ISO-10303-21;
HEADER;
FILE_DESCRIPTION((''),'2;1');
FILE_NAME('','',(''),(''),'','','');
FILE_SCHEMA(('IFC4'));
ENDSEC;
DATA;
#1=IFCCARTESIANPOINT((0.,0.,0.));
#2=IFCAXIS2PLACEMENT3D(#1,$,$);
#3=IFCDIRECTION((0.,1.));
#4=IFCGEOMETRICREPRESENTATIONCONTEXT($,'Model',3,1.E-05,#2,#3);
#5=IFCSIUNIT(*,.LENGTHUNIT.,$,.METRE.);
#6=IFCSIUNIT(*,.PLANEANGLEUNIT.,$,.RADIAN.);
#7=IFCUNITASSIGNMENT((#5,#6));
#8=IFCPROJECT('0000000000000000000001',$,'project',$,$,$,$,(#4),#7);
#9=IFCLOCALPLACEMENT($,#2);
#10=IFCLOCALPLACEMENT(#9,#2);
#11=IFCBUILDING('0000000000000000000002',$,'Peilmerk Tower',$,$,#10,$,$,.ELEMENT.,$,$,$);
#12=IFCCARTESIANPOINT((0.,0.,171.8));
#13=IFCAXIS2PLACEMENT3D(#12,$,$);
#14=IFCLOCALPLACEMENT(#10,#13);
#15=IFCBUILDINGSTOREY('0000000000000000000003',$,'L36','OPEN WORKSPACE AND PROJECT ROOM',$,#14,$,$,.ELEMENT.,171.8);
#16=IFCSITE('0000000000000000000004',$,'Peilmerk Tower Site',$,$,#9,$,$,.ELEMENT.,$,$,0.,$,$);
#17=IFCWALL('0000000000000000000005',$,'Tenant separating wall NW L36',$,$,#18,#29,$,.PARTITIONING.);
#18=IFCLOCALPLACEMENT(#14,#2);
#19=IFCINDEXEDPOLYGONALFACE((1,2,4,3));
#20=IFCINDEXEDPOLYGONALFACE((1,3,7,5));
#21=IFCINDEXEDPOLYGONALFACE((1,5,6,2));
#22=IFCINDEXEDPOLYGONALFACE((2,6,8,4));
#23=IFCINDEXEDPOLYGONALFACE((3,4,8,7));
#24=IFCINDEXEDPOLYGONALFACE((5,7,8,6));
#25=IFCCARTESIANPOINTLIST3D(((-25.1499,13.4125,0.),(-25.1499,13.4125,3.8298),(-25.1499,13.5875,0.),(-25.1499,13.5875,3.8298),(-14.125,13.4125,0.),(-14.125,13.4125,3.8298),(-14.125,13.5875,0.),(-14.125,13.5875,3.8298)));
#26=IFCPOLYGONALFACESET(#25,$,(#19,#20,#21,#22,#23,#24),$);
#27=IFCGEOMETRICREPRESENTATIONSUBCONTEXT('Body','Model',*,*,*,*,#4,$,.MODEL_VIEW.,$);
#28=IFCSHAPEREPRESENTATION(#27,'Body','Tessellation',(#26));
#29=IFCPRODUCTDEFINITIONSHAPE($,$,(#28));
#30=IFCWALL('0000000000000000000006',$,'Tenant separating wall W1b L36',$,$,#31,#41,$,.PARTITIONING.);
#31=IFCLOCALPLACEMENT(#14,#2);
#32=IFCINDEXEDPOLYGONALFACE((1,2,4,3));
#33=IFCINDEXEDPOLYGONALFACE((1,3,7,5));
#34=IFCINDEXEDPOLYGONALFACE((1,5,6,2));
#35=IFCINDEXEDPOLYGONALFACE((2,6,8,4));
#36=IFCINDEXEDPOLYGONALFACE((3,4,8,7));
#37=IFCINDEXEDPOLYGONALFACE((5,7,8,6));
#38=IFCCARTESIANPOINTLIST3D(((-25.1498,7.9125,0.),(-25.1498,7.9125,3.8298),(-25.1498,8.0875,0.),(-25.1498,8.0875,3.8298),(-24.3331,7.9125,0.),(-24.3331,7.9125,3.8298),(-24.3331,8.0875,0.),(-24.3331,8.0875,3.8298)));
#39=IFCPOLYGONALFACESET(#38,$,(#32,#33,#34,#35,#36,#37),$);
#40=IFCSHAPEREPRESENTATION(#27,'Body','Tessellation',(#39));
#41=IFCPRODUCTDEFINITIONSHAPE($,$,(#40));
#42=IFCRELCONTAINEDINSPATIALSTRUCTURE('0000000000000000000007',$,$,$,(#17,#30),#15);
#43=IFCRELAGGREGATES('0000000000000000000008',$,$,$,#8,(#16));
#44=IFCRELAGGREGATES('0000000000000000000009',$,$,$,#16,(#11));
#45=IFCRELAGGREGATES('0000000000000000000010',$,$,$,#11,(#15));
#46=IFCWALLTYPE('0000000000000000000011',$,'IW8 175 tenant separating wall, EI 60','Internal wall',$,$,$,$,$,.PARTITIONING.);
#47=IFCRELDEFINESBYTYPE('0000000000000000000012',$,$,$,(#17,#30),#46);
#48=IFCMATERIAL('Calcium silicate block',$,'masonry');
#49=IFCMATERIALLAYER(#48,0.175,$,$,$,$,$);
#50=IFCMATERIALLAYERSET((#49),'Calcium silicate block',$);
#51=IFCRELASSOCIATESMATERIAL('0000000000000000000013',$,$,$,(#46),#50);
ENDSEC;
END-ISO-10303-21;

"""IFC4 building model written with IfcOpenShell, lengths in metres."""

from ifc_helpers import new_model, si_unit, direction, frame, frame_2d, origin, place, context, subcontext, project, spatial, rectangle, extrude, material, layer, layer_set, type_object, element, save


model = new_model("IFC4")

# Units and contexts
model_context = context("Model", 3, precision=1e-05, world=origin(), true_north=direction((0.0, 1.0)))
body_context = subcontext(model_context, "Body", "Model", "MODEL_VIEW")
ifc_project = project(units=[si_unit("LENGTHUNIT", "METRE"), si_unit("PLANEANGLEUNIT", "RADIAN")], contexts=[model_context])

# Site, building, storey
site_placement = place(None, origin())
site = spatial("IfcSite", under=ifc_project, at=site_placement, Name="Peilmerk Tower Site", CompositionType="ELEMENT", RefElevation=0.0)
building_placement = place(site_placement, origin())
building = spatial("IfcBuilding", under=site, at=building_placement, Name="Peilmerk Tower", CompositionType="ELEMENT")
storey_placement = place(building_placement, frame((0.0, 0.0, 171.8)))
storey = spatial("IfcBuildingStorey", under=building, at=storey_placement, Name="L36", Description="OPEN WORKSPACE AND PROJECT ROOM", CompositionType="ELEMENT", Elevation=171.8)

# Walls
ifc_material_1 = material(Name="Calcium silicate block", Category="masonry")
ifc_layer_1 = layer(ifc_material_1, 0.175)
ifc_layer_set_1 = layer_set([ifc_layer_1], Name="Calcium silicate block")
wall_type_1 = type_object("IfcWallType", Name="IW8 175 tenant separating wall, EI 60", Description="Internal wall", PredefinedType="PARTITIONING", material=ifc_layer_set_1)
wall_1_placement = place(storey_placement, frame((-25.1499, 13.5, 0.0), z_axis=(0.0, 0.0, 1.0), x_axis=(1.0, 0.0, 0.0)))
element("IfcWall", 1, at=wall_1_placement, inside=storey, type_object=wall_type_1, Name="Tenant separating wall NW L36", PredefinedType="PARTITIONING", context=body_context, shape_type="SweptSolid", body=[
    extrude(rectangle(XDim=11.0249, YDim=0.175, at=frame_2d((5.5125, 0.0))), origin(), (0.0, 0.0, 1.0), 3.8298),
])
wall_2_placement = place(storey_placement, frame((-24.3333, 8.0, 0.0), z_axis=(0.0, 0.0, 1.0), x_axis=(-1.0, 0.0, 0.0)))
element("IfcWall", 2, at=wall_2_placement, inside=storey, type_object=wall_type_1, Name="Tenant separating wall W1b L36", PredefinedType="PARTITIONING", context=body_context, shape_type="SweptSolid", body=[
    extrude(rectangle(XDim=0.8167, YDim=0.175, at=frame_2d((0.4082, 0.0))), origin(), (0.0, 0.0, 1.0), 3.8298),
])

save(model, "model.ifc")
